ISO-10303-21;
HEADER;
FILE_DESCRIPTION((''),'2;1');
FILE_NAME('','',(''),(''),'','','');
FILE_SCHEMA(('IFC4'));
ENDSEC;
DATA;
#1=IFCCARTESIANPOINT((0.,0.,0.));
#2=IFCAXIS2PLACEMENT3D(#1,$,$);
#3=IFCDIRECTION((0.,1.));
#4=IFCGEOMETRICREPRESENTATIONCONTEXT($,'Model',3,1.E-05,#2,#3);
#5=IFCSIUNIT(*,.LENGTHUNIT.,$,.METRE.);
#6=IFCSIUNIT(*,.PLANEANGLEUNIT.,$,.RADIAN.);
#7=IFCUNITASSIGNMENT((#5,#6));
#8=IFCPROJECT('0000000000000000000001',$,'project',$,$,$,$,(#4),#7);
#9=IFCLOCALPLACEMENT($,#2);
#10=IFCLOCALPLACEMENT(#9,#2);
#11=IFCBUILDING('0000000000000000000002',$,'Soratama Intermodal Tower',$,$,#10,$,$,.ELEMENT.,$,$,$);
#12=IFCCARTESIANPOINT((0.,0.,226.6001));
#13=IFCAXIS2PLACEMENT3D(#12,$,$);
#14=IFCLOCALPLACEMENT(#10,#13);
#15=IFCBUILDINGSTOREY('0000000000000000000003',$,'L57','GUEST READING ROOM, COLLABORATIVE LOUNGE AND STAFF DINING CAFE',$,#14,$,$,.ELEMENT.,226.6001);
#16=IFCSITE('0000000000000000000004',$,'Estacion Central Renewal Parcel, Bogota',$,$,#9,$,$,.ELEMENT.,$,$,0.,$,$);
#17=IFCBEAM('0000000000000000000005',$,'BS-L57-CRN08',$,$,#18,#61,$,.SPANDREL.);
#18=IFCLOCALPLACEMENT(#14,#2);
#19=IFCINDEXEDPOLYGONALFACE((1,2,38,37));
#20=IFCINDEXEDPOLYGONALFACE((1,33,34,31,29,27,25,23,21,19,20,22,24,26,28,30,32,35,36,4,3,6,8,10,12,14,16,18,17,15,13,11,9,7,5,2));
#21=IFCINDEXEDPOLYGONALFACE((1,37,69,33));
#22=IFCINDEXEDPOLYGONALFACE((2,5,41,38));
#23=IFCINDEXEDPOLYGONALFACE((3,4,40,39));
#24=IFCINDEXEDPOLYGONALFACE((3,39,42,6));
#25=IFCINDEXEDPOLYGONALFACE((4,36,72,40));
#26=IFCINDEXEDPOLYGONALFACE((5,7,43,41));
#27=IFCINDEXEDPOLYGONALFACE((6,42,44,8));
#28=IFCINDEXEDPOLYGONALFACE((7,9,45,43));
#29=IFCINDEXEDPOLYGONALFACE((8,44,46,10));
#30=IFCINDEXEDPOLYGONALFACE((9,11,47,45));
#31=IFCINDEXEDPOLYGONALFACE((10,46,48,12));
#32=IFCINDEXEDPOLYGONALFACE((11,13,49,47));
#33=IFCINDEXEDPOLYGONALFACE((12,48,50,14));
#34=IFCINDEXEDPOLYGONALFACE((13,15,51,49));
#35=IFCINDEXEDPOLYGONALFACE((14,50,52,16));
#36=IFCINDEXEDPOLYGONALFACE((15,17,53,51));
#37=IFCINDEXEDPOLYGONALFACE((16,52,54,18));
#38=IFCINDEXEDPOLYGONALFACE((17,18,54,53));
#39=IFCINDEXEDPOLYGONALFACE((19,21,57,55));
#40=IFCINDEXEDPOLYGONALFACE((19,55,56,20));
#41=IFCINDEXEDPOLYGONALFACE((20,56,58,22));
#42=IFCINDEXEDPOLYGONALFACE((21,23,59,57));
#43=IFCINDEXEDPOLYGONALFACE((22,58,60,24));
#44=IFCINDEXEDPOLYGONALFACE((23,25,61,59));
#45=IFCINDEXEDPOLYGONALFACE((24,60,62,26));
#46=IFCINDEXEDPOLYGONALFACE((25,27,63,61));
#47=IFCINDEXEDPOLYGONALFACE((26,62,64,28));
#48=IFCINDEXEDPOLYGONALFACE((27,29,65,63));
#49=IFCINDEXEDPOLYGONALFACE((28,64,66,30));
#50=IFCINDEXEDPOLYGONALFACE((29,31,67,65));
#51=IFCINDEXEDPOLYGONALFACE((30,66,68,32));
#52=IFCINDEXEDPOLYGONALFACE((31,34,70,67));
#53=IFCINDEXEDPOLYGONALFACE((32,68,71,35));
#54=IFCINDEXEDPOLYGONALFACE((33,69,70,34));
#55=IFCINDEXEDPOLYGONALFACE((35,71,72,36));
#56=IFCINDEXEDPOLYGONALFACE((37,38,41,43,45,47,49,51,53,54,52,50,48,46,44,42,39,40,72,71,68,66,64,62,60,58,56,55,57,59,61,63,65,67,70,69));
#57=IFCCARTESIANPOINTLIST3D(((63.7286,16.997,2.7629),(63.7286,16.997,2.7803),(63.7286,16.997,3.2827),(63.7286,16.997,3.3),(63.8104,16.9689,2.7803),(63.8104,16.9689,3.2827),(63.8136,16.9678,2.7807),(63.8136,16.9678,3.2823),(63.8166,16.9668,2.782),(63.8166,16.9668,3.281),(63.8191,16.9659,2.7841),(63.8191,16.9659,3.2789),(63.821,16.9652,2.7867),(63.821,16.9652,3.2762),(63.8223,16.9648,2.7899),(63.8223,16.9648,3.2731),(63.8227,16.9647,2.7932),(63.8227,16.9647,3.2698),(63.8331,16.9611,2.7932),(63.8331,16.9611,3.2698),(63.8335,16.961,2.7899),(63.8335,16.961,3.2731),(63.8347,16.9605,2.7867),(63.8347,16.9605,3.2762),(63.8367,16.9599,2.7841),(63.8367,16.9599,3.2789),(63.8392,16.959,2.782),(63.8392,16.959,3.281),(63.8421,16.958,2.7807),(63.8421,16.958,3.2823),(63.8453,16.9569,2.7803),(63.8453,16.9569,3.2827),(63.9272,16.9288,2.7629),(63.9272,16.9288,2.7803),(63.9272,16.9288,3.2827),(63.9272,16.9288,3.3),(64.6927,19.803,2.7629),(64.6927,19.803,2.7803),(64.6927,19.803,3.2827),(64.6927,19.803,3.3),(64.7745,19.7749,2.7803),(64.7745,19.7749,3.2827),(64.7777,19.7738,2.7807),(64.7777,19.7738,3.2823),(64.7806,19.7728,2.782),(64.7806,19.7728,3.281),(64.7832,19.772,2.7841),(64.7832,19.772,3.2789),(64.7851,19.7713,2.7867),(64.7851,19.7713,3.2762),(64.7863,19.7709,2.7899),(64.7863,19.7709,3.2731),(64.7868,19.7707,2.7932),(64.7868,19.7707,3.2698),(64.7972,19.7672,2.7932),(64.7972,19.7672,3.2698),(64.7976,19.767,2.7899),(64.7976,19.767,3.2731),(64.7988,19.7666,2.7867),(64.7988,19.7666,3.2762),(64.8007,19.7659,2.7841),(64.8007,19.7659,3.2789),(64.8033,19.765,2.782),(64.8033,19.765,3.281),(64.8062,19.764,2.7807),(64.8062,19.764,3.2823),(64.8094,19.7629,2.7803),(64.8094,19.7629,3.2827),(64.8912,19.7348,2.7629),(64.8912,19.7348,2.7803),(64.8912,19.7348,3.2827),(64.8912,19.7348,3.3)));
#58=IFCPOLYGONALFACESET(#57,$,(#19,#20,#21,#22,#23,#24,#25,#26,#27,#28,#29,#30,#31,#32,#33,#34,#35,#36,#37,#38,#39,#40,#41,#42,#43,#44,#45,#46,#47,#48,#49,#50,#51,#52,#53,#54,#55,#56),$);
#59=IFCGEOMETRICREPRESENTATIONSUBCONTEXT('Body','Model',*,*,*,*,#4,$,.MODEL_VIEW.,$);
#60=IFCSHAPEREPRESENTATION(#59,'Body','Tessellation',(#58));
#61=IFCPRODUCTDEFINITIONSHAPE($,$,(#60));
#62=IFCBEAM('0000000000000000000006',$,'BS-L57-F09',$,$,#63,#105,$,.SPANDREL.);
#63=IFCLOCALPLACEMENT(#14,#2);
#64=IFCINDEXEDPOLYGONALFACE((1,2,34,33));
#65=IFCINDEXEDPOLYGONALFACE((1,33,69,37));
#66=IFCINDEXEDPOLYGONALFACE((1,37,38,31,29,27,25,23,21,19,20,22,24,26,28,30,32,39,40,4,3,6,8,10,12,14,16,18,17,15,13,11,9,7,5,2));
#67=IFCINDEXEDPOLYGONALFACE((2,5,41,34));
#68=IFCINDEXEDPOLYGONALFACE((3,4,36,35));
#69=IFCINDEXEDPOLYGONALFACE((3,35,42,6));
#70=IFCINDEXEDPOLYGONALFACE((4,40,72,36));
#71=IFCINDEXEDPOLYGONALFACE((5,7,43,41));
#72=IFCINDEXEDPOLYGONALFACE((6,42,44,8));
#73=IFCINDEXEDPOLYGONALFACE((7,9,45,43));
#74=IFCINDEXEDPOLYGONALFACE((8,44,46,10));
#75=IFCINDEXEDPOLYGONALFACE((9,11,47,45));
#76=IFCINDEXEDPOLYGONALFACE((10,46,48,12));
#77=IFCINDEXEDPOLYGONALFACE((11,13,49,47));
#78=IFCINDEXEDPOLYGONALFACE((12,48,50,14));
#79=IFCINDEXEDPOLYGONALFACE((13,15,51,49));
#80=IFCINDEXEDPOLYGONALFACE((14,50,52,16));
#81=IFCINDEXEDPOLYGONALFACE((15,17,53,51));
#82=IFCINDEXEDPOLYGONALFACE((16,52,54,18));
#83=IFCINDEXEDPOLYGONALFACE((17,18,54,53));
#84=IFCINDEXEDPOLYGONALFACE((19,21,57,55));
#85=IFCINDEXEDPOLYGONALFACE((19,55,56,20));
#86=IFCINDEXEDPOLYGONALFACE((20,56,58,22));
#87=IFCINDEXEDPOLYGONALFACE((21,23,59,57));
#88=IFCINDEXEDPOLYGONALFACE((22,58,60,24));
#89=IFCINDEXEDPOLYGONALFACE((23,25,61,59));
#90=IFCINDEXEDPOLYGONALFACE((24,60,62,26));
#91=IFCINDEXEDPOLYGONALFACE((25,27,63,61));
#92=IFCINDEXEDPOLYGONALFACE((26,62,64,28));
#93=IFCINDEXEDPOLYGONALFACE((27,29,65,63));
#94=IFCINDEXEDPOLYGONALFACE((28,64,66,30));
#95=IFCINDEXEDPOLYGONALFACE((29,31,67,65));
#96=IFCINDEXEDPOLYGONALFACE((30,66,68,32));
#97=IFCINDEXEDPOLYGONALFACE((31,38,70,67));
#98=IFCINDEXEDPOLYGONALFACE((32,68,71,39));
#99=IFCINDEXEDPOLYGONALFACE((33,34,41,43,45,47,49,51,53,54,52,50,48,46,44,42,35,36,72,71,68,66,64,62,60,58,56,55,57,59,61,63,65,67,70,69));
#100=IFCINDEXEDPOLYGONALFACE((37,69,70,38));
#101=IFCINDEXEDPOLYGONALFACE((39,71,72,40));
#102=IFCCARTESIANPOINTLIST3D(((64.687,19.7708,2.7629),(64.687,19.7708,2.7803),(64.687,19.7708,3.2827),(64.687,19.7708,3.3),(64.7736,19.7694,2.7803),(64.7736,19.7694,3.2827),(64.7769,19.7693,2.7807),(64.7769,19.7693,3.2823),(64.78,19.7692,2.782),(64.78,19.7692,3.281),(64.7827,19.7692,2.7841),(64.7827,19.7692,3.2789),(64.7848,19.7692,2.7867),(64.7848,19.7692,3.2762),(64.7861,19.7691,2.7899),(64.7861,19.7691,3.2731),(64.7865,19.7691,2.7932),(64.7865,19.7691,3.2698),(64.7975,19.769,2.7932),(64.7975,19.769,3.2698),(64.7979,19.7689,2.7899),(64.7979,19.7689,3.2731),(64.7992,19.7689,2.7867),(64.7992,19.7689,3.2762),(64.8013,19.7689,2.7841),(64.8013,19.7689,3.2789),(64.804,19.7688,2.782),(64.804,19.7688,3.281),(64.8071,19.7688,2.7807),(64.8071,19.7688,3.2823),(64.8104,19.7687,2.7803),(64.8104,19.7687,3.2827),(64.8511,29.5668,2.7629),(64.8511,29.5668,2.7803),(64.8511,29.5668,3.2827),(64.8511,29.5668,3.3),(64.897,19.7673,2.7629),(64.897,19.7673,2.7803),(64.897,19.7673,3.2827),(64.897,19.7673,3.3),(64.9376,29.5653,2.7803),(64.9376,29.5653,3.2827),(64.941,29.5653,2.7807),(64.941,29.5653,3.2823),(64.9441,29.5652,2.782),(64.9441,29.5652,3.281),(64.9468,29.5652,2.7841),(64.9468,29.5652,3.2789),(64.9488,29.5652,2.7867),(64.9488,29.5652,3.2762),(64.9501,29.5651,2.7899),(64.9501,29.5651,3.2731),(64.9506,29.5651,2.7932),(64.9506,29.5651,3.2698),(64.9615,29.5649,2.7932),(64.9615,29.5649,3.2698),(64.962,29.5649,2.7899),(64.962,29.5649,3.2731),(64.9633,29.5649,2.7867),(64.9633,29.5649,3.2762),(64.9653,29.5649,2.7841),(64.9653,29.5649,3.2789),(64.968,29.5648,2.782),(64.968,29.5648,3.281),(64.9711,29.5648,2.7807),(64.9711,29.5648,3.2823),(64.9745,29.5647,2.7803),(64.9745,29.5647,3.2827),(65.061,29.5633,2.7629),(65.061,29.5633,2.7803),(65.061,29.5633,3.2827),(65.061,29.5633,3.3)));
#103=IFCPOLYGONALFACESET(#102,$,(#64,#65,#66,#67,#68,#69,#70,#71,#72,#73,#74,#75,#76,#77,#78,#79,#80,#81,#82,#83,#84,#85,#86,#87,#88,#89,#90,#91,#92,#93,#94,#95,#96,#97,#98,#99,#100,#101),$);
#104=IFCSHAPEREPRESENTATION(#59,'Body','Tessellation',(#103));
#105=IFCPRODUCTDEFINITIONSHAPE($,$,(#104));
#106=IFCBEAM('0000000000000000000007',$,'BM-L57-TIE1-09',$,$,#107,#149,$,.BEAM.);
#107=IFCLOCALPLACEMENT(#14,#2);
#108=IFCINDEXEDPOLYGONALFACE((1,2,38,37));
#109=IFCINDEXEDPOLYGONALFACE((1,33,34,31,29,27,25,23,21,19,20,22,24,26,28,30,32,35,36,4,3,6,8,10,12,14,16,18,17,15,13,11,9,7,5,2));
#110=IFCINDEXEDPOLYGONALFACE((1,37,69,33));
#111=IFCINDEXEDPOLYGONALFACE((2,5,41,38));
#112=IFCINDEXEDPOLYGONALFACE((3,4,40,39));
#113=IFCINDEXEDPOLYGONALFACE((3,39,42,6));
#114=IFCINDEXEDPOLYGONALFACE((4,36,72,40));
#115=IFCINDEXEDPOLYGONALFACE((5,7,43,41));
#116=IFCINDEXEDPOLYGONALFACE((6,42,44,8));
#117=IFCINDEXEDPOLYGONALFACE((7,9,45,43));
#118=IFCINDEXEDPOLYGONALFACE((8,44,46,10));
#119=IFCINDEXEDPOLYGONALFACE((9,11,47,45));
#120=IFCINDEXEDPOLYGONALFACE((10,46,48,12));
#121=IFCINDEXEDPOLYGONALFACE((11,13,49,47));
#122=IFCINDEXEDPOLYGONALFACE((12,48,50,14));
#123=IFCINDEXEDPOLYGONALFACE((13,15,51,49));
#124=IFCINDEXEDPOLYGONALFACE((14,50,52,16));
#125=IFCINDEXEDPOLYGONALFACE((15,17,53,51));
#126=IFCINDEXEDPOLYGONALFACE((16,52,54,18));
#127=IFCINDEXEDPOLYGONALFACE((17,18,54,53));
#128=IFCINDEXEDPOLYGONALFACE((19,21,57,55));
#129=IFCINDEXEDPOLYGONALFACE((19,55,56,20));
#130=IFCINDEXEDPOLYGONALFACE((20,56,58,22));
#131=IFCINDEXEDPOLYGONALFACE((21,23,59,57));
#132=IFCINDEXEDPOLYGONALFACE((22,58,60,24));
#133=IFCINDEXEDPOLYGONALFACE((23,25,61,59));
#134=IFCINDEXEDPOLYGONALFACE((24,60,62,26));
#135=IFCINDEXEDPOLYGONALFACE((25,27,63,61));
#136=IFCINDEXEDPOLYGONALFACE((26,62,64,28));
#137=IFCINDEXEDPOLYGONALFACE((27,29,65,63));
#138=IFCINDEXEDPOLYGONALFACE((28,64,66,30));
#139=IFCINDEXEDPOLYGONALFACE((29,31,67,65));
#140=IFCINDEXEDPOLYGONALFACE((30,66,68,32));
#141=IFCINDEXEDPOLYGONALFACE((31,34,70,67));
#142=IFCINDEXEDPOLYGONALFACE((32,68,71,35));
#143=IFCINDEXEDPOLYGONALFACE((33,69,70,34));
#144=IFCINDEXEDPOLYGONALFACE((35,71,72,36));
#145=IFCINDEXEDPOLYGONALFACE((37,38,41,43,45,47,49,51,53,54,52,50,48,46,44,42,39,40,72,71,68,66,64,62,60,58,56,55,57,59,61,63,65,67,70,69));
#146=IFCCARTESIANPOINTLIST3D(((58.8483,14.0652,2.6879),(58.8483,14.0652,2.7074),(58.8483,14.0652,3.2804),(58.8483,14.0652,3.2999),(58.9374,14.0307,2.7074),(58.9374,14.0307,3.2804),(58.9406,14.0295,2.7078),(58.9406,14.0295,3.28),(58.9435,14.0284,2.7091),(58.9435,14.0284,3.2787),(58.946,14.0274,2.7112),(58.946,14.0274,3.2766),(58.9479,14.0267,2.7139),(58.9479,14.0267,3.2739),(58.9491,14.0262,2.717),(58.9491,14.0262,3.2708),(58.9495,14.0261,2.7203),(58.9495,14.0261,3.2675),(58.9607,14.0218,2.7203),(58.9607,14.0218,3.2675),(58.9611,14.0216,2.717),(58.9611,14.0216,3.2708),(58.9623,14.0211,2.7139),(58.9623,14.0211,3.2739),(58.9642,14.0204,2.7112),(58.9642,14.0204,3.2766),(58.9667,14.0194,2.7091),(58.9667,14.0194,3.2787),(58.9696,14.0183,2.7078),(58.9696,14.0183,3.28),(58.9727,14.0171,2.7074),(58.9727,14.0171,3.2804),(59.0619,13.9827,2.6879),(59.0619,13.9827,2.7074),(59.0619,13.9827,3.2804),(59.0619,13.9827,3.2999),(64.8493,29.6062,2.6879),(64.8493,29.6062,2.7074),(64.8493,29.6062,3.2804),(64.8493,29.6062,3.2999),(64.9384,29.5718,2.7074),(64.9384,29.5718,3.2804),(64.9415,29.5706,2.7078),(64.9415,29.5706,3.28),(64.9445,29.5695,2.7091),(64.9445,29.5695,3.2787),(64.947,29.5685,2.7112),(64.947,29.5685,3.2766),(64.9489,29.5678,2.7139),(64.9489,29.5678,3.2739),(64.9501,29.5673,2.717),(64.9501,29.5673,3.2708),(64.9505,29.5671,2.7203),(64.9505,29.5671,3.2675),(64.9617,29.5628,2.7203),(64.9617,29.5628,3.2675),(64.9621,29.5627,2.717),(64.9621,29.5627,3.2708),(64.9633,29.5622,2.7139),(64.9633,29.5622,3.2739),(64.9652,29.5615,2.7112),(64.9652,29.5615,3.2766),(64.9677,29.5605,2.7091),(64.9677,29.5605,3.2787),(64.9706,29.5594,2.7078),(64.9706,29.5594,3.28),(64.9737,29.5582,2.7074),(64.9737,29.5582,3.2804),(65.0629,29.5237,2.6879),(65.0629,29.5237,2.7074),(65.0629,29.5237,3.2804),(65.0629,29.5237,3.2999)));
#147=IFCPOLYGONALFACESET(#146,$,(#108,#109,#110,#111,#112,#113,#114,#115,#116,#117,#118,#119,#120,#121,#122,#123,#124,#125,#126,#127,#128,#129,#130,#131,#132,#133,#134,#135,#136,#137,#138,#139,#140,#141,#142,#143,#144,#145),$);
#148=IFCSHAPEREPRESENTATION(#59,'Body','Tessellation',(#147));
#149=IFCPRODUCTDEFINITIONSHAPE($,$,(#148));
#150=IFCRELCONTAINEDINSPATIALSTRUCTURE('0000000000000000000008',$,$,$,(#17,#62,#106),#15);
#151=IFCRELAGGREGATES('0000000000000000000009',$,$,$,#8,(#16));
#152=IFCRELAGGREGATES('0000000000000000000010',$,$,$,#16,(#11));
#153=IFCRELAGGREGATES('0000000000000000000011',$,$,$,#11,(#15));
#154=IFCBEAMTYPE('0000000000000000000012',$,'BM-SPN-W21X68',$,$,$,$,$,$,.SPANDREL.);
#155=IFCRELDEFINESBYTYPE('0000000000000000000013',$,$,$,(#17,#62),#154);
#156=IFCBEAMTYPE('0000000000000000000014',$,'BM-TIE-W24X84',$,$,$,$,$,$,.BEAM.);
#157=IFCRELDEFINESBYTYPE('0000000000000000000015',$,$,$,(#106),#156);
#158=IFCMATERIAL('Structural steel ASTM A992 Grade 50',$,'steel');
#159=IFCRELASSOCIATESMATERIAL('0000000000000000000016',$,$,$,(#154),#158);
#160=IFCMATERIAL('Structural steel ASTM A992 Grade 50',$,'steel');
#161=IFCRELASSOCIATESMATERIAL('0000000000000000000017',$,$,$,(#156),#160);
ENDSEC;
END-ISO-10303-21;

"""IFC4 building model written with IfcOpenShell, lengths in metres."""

from ifc_helpers import new_model, si_unit, direction, frame, origin, origin_2d, place, context, subcontext, project, spatial, i_section, extrude, material, material_profile, profile_set, type_object, element, save


model = new_model("IFC4")

# Units and contexts
model_context = context("Model", 3, precision=1e-05, world=origin(), true_north=direction((0.0, 1.0)))
body_context = subcontext(model_context, "Body", "Model", "MODEL_VIEW")
ifc_project = project(units=[si_unit("LENGTHUNIT", "METRE"), si_unit("PLANEANGLEUNIT", "RADIAN")], contexts=[model_context])

# Site, building, storey
site_placement = place(None, origin())
site = spatial("IfcSite", under=ifc_project, at=site_placement, Name="Estacion Central Renewal Parcel, Bogota", CompositionType="ELEMENT", RefElevation=0.0)
building_placement = place(site_placement, origin())
building = spatial("IfcBuilding", under=site, at=building_placement, Name="Soratama Intermodal Tower", CompositionType="ELEMENT")
storey_placement = place(building_placement, frame((0.0, 0.0, 226.6001)))
storey = spatial("IfcBuildingStorey", under=building, at=storey_placement, Name="L57", Description="GUEST READING ROOM, COLLABORATIVE LOUNGE AND STAFF DINING CAFE", CompositionType="ELEMENT", Elevation=226.6001)

# Beams
ifc_material_1 = material(Name="Structural steel ASTM A992 Grade 50", Category="steel")
ifc_material_profile_1 = material_profile(ifc_material_1, i_section(OverallWidth=0.21, OverallDepth=0.5371, WebThickness=0.011, FlangeThickness=0.0173, FilletRadius=0.0129, at=origin_2d()), Name="W21X68")
ifc_profile_set_1 = profile_set([ifc_material_profile_1], Name="Structural steel ASTM A992 Grade 50")
beam_type_1 = type_object("IfcBeamType", Name="BM-SPN-W21X68", PredefinedType="SPANDREL", material=ifc_profile_set_1)
beam_1_placement = place(storey_placement, frame((63.8279, 16.9629, 3.0315), z_axis=(0.324928, 0.945739, 0.0), x_axis=(-0.945739, 0.324928, 0.0)))
element("IfcBeam", 1, at=beam_1_placement, inside=storey, type_object=beam_type_1, Name="BS-L57-CRN08", PredefinedType="SPANDREL", context=body_context, shape_type="SweptSolid", body=[
    extrude(i_section(OverallWidth=0.21, OverallDepth=0.5371, WebThickness=0.011, FlangeThickness=0.0173, FilletRadius=0.0129, at=origin_2d()), origin(), (0.0, 0.0, 1.0), 2.967),
])
beam_2_placement = place(storey_placement, frame((64.792, 19.769, 3.0315), z_axis=(0.016746, 0.99986, 0.0), x_axis=(-0.99986, 0.016746, 0.0)))
element("IfcBeam", 2, at=beam_2_placement, inside=storey, type_object=beam_type_1, Name="BS-L57-F09", PredefinedType="SPANDREL", context=body_context, shape_type="SweptSolid", body=[
    extrude(i_section(OverallWidth=0.21, OverallDepth=0.5371, WebThickness=0.011, FlangeThickness=0.0173, FilletRadius=0.0129, at=origin_2d()), origin(), (0.0, 0.0, 1.0), 9.7974),
])
ifc_material_2 = material(Name="Structural steel ASTM A992 Grade 50", Category="steel")
ifc_material_profile_2 = material_profile(ifc_material_2, i_section(OverallWidth=0.229, OverallDepth=0.6121, WebThickness=0.012, FlangeThickness=0.0195, FilletRadius=0.0129, at=origin_2d()), Name="W24X84")
ifc_profile_set_2 = profile_set([ifc_material_profile_2], Name="Structural steel ASTM A992 Grade 50")
beam_type_2 = type_object("IfcBeamType", Name="BM-TIE-W24X84", PredefinedType="BEAM", material=ifc_profile_set_2)
beam_3_placement = place(storey_placement, frame((58.9551, 14.0239, 2.9939), z_axis=(0.360216, 0.932869, 0.0), x_axis=(-0.932869, 0.360216, 0.0)))
element("IfcBeam", 3, at=beam_3_placement, inside=storey, type_object=beam_type_2, Name="BM-L57-TIE1-09", PredefinedType="BEAM", context=body_context, shape_type="SweptSolid", body=[
    extrude(i_section(OverallWidth=0.229, OverallDepth=0.6121, WebThickness=0.012, FlangeThickness=0.0195, FilletRadius=0.0129, at=origin_2d()), origin(), (0.0, 0.0, 1.0), 16.6594),
])

save(model, "model.ifc")
